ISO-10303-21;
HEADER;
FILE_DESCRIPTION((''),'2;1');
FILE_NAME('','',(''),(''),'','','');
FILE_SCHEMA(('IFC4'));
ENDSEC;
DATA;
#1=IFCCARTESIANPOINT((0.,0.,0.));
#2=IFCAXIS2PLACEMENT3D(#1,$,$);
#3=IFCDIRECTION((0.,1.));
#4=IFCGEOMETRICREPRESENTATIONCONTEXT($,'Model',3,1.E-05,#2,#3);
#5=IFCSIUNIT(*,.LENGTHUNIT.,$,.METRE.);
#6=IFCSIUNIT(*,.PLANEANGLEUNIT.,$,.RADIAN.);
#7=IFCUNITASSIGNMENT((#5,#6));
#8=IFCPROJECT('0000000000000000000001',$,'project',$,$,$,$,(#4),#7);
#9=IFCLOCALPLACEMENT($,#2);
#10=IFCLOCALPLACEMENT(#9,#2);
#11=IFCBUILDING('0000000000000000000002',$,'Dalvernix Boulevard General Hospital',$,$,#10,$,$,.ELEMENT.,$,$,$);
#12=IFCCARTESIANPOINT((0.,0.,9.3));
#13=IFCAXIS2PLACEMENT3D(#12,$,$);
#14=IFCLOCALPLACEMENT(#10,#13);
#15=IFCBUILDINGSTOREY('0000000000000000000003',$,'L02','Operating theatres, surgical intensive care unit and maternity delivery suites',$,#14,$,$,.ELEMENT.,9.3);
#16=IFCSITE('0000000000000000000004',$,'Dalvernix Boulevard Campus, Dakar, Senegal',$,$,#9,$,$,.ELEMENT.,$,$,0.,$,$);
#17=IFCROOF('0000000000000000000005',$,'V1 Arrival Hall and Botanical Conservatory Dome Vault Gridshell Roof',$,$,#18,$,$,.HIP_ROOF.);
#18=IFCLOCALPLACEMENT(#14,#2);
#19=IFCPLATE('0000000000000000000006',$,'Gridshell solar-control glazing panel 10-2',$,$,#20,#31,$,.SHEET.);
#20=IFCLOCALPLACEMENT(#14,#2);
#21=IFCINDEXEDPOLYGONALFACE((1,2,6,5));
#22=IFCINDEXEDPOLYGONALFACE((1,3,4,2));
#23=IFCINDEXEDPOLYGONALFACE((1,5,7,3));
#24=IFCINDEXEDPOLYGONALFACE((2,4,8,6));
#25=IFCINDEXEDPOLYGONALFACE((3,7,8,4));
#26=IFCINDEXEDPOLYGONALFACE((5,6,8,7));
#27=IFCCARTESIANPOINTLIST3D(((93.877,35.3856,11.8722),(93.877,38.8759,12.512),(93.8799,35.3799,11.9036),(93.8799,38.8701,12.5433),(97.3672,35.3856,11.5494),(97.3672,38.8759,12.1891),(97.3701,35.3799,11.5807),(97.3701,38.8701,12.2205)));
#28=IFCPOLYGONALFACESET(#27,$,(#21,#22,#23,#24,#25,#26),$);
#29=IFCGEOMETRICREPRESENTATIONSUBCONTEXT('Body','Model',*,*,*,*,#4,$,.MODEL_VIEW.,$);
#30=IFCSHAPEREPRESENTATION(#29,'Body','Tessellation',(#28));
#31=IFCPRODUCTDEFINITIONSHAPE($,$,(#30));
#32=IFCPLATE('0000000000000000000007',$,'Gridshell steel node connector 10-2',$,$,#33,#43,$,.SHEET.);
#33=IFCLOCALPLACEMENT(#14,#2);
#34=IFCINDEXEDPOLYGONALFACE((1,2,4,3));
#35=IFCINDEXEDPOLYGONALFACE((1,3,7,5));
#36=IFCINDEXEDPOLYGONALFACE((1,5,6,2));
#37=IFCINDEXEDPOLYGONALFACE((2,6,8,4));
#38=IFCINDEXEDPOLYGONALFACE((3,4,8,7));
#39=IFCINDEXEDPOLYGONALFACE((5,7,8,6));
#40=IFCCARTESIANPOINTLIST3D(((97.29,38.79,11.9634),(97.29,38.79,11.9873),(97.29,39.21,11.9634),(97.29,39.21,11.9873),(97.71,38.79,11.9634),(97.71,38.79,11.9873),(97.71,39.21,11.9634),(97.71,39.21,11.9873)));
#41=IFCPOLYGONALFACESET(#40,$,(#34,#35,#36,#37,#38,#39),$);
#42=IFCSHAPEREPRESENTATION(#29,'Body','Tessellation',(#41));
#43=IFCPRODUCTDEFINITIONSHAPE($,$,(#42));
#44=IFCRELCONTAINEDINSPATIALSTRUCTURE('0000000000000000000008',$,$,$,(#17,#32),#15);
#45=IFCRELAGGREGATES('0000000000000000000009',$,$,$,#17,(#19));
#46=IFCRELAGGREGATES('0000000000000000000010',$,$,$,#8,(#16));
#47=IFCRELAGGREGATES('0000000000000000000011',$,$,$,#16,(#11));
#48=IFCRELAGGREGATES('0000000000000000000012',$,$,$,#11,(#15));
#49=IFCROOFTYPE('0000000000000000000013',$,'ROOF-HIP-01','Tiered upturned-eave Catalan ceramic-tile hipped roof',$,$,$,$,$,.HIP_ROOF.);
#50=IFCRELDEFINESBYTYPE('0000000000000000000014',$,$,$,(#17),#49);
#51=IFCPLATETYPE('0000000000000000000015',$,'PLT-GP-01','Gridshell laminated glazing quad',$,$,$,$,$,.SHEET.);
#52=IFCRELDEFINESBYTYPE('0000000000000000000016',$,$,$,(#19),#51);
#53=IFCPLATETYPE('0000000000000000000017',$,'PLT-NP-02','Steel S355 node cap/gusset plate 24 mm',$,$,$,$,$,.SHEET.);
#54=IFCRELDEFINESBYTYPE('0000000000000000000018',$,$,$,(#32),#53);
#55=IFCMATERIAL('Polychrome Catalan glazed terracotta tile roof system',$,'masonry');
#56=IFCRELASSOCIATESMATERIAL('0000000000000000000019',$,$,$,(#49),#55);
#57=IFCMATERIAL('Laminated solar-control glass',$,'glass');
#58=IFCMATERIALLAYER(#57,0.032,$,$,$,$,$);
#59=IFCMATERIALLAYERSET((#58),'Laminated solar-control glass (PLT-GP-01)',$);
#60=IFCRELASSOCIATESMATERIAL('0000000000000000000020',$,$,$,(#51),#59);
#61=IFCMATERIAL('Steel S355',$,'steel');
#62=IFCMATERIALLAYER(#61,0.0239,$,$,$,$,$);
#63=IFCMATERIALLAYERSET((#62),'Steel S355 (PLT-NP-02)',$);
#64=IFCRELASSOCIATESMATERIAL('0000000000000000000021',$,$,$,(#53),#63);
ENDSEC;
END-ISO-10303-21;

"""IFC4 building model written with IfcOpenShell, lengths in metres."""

from ifc_helpers import new_model, si_unit, direction, frame, origin, origin_2d, place, context, subcontext, project, spatial, polyline, rectangle, outline, extrude, material, layer, layer_set, type_object, element, aggregate, save


model = new_model("IFC4")

# Units and contexts
model_context = context("Model", 3, precision=1e-05, world=origin(), true_north=direction((0.0, 1.0)))
body_context = subcontext(model_context, "Body", "Model", "MODEL_VIEW")
ifc_project = project(units=[si_unit("LENGTHUNIT", "METRE"), si_unit("PLANEANGLEUNIT", "RADIAN")], contexts=[model_context])

# Site, building, storey
site_placement = place(None, origin())
site = spatial("IfcSite", under=ifc_project, at=site_placement, Name="Dalvernix Boulevard Campus, Dakar, Senegal", CompositionType="ELEMENT", RefElevation=0.0)
building_placement = place(site_placement, origin())
building = spatial("IfcBuilding", under=site, at=building_placement, Name="Dalvernix Boulevard General Hospital", CompositionType="ELEMENT")
storey_placement = place(building_placement, frame((0.0, 0.0, 9.3)))
storey = spatial("IfcBuildingStorey", under=building, at=storey_placement, Name="L02", Description="Operating theatres, surgical intensive care unit and maternity delivery suites", CompositionType="ELEMENT", Elevation=9.3)

# Shared definitions
ifc_material_1 = material(Name="Steel S355", Category="steel")

# Roof, plate
ifc_material_2 = material(Name="Polychrome Catalan glazed terracotta tile roof system", Category="masonry")
roof_type = type_object("IfcRoofType", Name="ROOF-HIP-01", Description="Tiered upturned-eave Catalan ceramic-tile hipped roof", PredefinedType="HIP_ROOF", material=ifc_material_2)
roof_placement = place(storey_placement, origin())
roof = element("IfcRoof", 1, at=roof_placement, inside=storey, type_object=roof_type, Name="V1 Arrival Hall and Botanical Conservatory Dome Vault Gridshell Roof", PredefinedType="HIP_ROOF")
ifc_material_3 = material(Name="Laminated solar-control glass", Category="glass")
ifc_layer_1 = layer(ifc_material_3, 0.032)
ifc_layer_set_1 = layer_set([ifc_layer_1], Name="Laminated solar-control glass (PLT-GP-01)")
plate_type_1 = type_object("IfcPlateType", Name="PLT-GP-01", Description="Gridshell laminated glazing quad", PredefinedType="SHEET", material=ifc_layer_set_1)
plate_1_placement = place(storey_placement, frame((93.8799, 35.3799, 11.9036), z_axis=(0.090618, -0.179557, 0.979565), x_axis=(0.995748, 0.000006, -0.092114)))
plate_1 = element("IfcPlate", 2, at=plate_1_placement, type_object=plate_type_1, Name="Gridshell solar-control glazing panel 10-2", PredefinedType="SHEET", context=body_context, shape_type="SweptSolid", body=[
    extrude(outline(polyline([(0.0, 0.0), (3.5051, 0.0), (3.4462, 3.5479), (-0.0589, 3.5479), (0.0, 0.0)])), origin(), (0.0, 0.0, -1.0), 0.032),
])
aggregate(roof, [plate_1])

# Plate
ifc_layer_2 = layer(ifc_material_1, 0.0239)
ifc_layer_set_2 = layer_set([ifc_layer_2], Name="Steel S355 (PLT-NP-02)")
plate_type_2 = type_object("IfcPlateType", Name="PLT-NP-02", Description="Steel S355 node cap/gusset plate 24 mm", PredefinedType="SHEET", material=ifc_layer_set_2)
plate_2_placement = place(storey_placement, frame((97.5, 39.0, 11.9634), z_axis=(0.0, 0.0, 1.0), x_axis=(1.0, 0.0, 0.0)))
element("IfcPlate", 3, at=plate_2_placement, inside=storey, type_object=plate_type_2, Name="Gridshell steel node connector 10-2", PredefinedType="SHEET", context=body_context, shape_type="SweptSolid", body=[
    extrude(rectangle(XDim=0.4199, YDim=0.4199, at=origin_2d()), origin(), (0.0, 0.0, 1.0), 0.0239),
])

save(model, "model.ifc")
